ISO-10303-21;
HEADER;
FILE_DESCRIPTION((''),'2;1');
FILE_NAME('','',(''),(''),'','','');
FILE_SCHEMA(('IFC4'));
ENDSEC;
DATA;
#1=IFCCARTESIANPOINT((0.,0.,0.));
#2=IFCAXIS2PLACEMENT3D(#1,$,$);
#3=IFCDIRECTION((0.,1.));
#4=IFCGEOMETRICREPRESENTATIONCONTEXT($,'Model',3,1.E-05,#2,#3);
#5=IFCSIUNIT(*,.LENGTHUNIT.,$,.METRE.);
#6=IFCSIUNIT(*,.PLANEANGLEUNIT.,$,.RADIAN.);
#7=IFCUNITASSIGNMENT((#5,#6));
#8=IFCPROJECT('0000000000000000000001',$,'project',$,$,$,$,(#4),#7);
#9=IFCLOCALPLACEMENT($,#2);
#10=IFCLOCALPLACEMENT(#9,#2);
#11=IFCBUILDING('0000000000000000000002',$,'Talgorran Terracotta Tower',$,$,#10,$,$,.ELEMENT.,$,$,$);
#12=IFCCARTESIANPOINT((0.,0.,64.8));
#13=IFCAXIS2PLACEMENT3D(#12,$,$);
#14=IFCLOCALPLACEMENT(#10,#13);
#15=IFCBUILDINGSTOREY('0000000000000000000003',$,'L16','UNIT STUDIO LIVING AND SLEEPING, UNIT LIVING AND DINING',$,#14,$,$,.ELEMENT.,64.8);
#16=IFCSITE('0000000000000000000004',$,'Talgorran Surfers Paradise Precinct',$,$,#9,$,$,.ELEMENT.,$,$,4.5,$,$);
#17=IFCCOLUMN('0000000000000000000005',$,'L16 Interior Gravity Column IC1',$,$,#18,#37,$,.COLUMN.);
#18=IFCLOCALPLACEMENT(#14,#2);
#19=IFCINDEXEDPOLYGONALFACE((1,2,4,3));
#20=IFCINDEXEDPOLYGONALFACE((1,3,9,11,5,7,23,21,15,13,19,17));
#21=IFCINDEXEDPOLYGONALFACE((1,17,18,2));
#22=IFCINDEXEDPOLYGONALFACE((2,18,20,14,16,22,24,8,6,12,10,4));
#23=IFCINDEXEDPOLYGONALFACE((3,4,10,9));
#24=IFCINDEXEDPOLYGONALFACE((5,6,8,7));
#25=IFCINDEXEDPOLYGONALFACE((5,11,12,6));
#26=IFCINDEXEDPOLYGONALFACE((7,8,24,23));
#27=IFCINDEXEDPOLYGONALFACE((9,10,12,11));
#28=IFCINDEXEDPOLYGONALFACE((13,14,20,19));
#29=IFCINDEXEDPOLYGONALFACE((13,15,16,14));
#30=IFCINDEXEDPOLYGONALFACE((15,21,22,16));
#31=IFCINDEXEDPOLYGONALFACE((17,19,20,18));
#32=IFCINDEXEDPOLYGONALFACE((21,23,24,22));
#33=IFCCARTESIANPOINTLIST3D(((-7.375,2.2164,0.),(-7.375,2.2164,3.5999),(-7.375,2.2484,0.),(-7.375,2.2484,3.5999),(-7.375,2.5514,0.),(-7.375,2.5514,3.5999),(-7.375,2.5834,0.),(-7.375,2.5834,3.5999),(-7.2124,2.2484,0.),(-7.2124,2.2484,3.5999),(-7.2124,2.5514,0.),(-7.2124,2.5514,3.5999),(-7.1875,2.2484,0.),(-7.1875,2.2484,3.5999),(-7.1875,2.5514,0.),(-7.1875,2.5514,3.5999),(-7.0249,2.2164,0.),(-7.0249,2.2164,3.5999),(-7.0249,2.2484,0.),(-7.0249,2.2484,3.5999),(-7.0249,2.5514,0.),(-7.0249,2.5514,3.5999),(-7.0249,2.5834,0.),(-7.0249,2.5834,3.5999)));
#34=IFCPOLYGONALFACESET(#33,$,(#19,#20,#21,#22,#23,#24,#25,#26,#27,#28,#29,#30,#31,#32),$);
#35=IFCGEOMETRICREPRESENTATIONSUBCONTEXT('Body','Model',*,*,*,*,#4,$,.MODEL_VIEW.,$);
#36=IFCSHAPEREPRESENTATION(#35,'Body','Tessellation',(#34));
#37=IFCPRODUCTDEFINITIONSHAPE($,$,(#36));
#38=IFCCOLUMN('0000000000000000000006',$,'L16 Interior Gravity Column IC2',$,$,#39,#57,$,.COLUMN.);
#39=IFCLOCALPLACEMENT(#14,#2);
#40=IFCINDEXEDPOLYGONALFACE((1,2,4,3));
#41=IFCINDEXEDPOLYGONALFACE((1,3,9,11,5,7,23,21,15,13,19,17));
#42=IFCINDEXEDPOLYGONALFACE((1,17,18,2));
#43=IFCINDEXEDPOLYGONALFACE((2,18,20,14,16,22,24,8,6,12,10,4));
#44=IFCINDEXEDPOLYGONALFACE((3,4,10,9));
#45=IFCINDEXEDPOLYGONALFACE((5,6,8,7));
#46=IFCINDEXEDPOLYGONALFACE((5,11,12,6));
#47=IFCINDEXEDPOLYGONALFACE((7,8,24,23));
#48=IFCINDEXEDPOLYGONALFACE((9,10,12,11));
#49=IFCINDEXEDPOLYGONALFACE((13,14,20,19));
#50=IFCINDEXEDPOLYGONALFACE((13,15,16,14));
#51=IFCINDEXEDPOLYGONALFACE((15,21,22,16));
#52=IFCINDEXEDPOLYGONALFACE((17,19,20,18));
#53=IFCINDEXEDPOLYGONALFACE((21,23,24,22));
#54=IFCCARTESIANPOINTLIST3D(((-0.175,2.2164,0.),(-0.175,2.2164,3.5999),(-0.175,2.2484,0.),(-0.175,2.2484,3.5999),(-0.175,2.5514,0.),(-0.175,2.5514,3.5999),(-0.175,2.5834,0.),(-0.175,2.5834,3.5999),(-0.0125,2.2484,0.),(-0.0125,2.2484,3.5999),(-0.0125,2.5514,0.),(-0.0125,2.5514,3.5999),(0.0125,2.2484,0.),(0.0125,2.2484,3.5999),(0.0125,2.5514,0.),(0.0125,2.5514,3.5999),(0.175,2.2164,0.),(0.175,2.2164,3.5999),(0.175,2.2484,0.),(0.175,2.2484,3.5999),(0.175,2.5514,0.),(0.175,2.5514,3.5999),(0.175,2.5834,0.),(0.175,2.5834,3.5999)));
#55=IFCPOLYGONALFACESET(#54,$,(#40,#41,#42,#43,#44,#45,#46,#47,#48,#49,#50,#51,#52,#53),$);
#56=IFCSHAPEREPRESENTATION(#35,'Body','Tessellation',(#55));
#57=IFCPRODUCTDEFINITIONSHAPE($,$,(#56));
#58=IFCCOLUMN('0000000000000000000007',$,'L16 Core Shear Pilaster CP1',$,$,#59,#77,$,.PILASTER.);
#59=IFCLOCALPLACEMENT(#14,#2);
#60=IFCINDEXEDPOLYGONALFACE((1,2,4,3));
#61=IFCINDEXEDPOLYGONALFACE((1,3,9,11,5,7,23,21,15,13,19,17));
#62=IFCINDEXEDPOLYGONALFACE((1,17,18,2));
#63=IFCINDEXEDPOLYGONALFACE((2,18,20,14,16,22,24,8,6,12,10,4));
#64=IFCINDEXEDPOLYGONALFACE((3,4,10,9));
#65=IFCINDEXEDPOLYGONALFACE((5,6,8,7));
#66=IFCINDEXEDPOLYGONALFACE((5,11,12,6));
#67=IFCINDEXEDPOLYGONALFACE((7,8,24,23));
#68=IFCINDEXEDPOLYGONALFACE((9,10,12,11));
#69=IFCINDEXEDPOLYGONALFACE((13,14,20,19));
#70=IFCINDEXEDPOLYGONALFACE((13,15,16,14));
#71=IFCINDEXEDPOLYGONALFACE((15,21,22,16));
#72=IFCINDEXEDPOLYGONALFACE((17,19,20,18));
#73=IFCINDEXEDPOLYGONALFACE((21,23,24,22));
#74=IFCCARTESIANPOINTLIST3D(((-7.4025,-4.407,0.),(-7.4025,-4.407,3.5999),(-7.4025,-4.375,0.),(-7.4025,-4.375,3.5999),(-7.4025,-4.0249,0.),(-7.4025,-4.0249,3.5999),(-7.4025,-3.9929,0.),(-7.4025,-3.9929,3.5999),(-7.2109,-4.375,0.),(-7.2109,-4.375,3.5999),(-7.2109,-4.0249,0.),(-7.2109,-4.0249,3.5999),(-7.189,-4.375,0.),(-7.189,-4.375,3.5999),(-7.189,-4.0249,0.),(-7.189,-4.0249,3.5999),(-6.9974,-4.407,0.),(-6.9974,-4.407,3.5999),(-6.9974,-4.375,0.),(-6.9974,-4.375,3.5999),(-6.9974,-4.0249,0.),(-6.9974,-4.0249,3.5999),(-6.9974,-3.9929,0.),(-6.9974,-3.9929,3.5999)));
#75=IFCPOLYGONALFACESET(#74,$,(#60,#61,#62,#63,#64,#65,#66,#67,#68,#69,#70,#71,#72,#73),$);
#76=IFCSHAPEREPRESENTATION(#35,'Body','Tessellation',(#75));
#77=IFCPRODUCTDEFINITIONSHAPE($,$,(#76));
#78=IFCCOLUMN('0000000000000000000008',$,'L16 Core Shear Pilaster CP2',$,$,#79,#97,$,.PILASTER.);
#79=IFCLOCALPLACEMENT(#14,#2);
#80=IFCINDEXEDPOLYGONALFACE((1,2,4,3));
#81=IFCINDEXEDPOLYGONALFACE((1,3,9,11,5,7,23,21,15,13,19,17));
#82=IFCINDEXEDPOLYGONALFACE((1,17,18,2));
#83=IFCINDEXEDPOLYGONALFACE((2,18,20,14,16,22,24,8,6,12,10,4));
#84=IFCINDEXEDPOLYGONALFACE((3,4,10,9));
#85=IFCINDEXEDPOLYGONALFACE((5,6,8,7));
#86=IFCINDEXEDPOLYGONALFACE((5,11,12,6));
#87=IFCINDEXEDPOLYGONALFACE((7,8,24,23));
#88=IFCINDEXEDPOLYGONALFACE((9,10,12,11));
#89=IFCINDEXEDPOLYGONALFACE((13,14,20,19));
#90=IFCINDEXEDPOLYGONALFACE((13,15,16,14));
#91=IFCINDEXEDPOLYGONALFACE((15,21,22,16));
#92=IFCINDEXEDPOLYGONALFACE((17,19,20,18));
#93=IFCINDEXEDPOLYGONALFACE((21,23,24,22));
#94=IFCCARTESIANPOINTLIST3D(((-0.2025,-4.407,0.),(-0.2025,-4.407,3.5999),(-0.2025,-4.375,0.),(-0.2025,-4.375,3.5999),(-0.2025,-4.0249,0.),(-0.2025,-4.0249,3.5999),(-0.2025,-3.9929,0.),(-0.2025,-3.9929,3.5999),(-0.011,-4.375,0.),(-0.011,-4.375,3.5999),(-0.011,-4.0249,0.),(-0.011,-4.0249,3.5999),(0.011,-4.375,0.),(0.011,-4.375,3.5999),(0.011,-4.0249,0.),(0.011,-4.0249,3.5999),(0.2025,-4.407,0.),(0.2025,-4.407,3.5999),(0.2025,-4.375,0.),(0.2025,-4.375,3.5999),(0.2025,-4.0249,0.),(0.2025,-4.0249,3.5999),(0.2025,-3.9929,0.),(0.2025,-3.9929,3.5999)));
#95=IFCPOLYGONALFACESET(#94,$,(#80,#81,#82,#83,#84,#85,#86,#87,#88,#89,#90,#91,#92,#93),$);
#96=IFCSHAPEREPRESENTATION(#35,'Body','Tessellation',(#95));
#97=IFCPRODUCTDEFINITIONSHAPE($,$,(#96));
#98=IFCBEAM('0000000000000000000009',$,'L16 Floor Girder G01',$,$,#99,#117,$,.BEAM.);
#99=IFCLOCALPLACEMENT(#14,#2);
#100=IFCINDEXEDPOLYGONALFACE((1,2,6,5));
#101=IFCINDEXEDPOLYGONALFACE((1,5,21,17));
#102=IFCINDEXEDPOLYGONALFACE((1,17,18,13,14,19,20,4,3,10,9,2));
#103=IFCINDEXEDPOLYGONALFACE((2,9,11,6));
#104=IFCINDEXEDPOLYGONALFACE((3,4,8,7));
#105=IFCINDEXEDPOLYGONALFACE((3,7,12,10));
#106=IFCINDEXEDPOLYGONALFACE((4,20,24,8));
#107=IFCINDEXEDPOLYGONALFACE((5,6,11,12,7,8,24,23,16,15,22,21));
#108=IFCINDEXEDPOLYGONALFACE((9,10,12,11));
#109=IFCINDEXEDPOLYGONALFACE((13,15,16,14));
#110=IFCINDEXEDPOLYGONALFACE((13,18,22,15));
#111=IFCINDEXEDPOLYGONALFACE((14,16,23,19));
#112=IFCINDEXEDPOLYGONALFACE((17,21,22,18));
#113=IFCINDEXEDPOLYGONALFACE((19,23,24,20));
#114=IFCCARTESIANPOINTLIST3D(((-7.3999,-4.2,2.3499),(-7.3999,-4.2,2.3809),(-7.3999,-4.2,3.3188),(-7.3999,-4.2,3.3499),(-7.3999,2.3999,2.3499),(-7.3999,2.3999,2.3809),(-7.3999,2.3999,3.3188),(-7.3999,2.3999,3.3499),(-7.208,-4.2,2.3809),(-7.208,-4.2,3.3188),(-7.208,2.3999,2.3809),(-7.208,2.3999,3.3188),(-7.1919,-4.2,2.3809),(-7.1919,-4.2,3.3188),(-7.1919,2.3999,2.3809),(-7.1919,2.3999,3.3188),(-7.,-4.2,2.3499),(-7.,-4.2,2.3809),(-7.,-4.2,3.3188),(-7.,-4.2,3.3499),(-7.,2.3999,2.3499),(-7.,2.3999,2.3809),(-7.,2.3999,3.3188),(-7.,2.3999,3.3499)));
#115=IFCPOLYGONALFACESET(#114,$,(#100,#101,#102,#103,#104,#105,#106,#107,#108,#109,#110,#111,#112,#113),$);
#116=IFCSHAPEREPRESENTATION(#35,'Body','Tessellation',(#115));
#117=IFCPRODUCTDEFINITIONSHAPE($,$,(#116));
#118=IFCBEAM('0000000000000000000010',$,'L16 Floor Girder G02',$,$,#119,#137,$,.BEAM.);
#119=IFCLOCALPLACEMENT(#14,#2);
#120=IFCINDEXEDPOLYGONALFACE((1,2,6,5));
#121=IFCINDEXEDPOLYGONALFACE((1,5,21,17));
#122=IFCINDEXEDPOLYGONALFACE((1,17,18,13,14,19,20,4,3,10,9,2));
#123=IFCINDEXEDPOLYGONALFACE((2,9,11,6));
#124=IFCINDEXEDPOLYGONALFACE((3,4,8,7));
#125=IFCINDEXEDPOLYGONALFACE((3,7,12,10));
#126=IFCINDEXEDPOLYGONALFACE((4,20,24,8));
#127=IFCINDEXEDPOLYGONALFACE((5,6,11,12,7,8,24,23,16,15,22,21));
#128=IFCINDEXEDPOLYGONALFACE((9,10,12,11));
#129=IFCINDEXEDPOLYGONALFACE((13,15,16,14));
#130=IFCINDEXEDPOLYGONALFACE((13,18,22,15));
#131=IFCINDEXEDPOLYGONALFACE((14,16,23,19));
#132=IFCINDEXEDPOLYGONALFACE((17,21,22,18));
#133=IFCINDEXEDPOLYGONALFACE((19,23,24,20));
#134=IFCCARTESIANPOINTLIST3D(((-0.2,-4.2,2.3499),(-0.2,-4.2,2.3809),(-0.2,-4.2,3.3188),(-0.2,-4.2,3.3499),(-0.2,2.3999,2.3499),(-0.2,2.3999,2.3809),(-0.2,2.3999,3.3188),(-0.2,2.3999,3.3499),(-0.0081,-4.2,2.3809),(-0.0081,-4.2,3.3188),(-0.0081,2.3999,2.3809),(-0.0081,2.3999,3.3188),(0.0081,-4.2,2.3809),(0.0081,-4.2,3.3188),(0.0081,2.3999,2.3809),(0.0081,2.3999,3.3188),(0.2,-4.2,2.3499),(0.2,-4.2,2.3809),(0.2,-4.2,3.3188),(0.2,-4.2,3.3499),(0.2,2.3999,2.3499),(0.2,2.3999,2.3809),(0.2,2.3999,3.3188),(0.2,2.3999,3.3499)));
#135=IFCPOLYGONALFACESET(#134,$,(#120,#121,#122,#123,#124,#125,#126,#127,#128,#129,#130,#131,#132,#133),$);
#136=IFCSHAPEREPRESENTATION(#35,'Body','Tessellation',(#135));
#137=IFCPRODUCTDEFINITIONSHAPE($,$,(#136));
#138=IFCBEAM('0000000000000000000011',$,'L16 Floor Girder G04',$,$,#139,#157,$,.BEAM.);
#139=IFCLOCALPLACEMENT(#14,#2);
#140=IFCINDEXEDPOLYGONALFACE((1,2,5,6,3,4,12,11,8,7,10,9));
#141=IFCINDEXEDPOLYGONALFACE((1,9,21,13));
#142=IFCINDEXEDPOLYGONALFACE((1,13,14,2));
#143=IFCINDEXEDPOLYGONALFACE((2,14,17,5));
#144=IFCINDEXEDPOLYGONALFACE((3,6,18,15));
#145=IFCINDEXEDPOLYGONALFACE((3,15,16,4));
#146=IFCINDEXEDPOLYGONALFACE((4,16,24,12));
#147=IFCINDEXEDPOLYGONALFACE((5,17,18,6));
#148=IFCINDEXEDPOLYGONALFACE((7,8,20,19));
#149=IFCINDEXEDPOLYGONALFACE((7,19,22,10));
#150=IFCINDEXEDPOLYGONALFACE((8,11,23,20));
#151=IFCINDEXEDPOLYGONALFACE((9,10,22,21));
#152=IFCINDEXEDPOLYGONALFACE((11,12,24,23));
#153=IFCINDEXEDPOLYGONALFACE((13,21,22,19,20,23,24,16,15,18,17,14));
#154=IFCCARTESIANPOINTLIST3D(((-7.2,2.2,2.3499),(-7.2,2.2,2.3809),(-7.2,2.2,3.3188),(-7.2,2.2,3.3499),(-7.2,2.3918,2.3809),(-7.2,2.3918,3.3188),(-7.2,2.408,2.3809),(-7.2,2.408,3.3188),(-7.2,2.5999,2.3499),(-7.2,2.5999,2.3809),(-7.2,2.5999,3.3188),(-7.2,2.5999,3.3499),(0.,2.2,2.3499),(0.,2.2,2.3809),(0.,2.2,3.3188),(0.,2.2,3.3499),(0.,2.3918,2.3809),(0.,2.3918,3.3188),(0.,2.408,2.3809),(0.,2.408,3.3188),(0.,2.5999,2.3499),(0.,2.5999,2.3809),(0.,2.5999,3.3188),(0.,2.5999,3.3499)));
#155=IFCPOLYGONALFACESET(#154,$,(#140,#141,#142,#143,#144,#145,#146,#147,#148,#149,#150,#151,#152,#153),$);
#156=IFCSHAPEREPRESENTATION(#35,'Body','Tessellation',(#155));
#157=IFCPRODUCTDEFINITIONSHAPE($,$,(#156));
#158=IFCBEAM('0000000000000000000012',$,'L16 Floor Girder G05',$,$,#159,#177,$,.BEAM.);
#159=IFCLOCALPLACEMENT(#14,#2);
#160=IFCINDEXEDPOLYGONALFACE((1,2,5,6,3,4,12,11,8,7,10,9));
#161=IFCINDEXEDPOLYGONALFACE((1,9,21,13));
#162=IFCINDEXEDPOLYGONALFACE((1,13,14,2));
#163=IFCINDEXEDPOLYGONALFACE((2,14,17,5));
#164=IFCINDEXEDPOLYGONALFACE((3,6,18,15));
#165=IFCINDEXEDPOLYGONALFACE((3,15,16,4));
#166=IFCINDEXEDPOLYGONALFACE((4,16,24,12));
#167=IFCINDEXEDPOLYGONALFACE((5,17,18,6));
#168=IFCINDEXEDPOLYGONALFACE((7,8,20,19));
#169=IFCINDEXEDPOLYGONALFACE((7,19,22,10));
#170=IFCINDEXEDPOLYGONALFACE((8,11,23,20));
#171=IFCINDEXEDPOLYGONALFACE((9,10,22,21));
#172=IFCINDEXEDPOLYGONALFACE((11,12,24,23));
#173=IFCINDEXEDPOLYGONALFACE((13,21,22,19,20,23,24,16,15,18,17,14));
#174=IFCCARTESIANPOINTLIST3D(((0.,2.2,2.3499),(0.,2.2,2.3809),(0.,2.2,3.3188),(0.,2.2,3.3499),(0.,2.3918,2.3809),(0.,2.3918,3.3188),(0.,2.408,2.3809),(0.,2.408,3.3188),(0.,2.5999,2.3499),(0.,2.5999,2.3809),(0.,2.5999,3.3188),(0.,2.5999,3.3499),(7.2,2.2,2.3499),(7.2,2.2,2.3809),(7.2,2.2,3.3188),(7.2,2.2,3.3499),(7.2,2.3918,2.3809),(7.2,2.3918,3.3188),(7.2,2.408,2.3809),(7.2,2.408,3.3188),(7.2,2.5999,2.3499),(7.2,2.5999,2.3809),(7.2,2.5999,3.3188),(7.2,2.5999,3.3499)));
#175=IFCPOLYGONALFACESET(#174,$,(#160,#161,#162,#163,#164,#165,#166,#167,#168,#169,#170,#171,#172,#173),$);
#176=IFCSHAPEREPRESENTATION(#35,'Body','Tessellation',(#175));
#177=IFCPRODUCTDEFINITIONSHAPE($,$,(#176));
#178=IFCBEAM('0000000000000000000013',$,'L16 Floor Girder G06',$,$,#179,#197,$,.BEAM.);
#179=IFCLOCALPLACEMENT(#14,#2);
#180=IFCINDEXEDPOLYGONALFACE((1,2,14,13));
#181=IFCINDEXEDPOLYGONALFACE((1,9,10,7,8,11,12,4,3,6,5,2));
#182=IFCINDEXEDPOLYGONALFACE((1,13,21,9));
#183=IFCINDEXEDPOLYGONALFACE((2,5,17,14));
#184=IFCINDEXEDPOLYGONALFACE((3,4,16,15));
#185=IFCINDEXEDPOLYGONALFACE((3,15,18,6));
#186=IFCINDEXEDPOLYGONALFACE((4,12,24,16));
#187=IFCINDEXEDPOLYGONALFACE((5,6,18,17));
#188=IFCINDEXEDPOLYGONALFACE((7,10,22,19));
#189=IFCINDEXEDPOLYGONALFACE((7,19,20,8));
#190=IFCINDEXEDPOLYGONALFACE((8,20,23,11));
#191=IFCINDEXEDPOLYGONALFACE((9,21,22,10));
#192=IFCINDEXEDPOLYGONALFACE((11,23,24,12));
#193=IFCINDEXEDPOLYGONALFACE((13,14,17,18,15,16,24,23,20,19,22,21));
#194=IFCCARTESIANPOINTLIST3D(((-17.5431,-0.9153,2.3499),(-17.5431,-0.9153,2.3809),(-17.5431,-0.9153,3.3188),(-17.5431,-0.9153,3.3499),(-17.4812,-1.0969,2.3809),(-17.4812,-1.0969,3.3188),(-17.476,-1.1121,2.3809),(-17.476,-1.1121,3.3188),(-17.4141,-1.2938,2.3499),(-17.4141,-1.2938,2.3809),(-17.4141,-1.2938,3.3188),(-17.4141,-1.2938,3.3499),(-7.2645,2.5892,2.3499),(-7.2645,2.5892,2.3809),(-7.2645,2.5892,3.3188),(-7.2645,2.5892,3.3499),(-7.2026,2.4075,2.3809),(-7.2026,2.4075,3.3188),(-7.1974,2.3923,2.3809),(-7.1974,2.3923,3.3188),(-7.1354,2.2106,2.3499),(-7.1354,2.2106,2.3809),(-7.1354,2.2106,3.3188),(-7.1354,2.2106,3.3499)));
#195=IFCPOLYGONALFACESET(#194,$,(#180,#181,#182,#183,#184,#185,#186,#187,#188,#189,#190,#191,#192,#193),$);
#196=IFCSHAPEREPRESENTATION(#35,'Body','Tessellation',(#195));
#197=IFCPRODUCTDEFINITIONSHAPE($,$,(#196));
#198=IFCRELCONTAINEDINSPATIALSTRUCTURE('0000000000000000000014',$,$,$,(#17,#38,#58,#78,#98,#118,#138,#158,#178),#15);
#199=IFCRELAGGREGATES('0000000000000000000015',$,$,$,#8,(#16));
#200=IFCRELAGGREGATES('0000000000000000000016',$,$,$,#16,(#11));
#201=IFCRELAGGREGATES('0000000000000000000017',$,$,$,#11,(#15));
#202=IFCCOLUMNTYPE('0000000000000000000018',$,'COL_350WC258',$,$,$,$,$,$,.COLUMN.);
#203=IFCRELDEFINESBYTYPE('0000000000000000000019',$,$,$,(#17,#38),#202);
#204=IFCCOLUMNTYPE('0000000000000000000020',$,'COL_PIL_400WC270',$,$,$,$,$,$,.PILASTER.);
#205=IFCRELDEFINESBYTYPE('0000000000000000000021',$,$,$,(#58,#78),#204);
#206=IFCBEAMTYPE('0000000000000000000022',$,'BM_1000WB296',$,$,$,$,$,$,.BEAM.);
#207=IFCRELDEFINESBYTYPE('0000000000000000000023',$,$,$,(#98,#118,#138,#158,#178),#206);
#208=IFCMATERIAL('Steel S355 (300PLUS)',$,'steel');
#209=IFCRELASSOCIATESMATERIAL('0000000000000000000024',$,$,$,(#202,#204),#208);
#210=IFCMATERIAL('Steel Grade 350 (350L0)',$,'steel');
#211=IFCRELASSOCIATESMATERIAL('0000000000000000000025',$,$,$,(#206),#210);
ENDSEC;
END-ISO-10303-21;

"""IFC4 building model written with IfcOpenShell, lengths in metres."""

from ifc_helpers import new_model, si_unit, direction, frame, origin, origin_2d, place, context, subcontext, project, spatial, i_section, extrude, material, material_profile, profile_set, type_object, element, save


model = new_model("IFC4")

# Units and contexts
model_context = context("Model", 3, precision=1e-05, world=origin(), true_north=direction((0.0, 1.0)))
body_context = subcontext(model_context, "Body", "Model", "MODEL_VIEW")
ifc_project = project(units=[si_unit("LENGTHUNIT", "METRE"), si_unit("PLANEANGLEUNIT", "RADIAN")], contexts=[model_context])

# Site, building, storey
site_placement = place(None, origin())
site = spatial("IfcSite", under=ifc_project, at=site_placement, Name="Talgorran Surfers Paradise Precinct", CompositionType="ELEMENT", RefElevation=4.5)
building_placement = place(site_placement, origin())
building = spatial("IfcBuilding", under=site, at=building_placement, Name="Talgorran Terracotta Tower", CompositionType="ELEMENT")
storey_placement = place(building_placement, frame((0.0, 0.0, 64.8)))
storey = spatial("IfcBuildingStorey", under=building, at=storey_placement, Name="L16", Description="UNIT STUDIO LIVING AND SLEEPING, UNIT LIVING AND DINING", CompositionType="ELEMENT", Elevation=64.8)

# Columns
ifc_material_1 = material(Name="Steel S355 (300PLUS)", Category="steel")
ifc_material_profile_1 = material_profile(ifc_material_1, i_section(OverallWidth=0.3501, OverallDepth=0.3669, WebThickness=0.0249, FlangeThickness=0.032, at=origin_2d()), Name="350WC258")
ifc_profile_set_1 = profile_set([ifc_material_profile_1], Name="Steel S355 (300PLUS)")
column_type_1 = type_object("IfcColumnType", Name="COL_350WC258", PredefinedType="COLUMN", material=ifc_profile_set_1)
for number, where, z_axis, x_axis, name in (
    (1, (-7.2, 2.3999, 0.0), (0.0, 0.0, 1.0), (1.0, 0.0, 0.0), "L16 Interior Gravity Column IC1"),
    (2, (0.0, 2.3999, 0.0), (0.0, 0.0, 1.0), (1.0, 0.0, 0.0), "L16 Interior Gravity Column IC2"),
):
    element("IfcColumn", number, at=place(storey_placement, frame(where, z_axis=z_axis, x_axis=x_axis)), inside=storey, type_object=column_type_1, Name=name, PredefinedType="COLUMN", context=body_context, shape_type="SweptSolid", body=[
        extrude(i_section(OverallWidth=0.3501, OverallDepth=0.3669, WebThickness=0.0249, FlangeThickness=0.032, at=origin_2d()), origin(), (0.0, 0.0, 1.0), 3.5999),
    ])
ifc_material_profile_2 = material_profile(ifc_material_1, i_section(OverallWidth=0.405, OverallDepth=0.4141, WebThickness=0.022, FlangeThickness=0.032, at=origin_2d()), Name="400WC270")
ifc_profile_set_2 = profile_set([ifc_material_profile_2], Name="Steel S355 (300PLUS)")
column_type_2 = type_object("IfcColumnType", Name="COL_PIL_400WC270", PredefinedType="PILASTER", material=ifc_profile_set_2)
for number, where, z_axis, x_axis, name in (
    (3, (-7.2, -4.2, 0.0), (0.0, 0.0, 1.0), (1.0, 0.0, 0.0), "L16 Core Shear Pilaster CP1"),
    (4, (0.0, -4.2, 0.0), (0.0, 0.0, 1.0), (1.0, 0.0, 0.0), "L16 Core Shear Pilaster CP2"),
):
    element("IfcColumn", number, at=place(storey_placement, frame(where, z_axis=z_axis, x_axis=x_axis)), inside=storey, type_object=column_type_2, Name=name, PredefinedType="PILASTER", context=body_context, shape_type="SweptSolid", body=[
        extrude(i_section(OverallWidth=0.405, OverallDepth=0.4141, WebThickness=0.022, FlangeThickness=0.032, at=origin_2d()), origin(), (0.0, 0.0, 1.0), 3.5999),
    ])

# Beams
ifc_material_2 = material(Name="Steel Grade 350 (350L0)", Category="steel")
ifc_material_profile_3 = material_profile(ifc_material_2, i_section(OverallWidth=0.3999, OverallDepth=1.0, WebThickness=0.0161, FlangeThickness=0.031, at=origin_2d()), Name="1000WB296")
ifc_profile_set_3 = profile_set([ifc_material_profile_3], Name="Steel Grade 350 (350L0)")
beam_type_1 = type_object("IfcBeamType", Name="BM_1000WB296", PredefinedType="BEAM", material=ifc_profile_set_3)
for number, where, z_axis, x_axis, name in (
    (5, (-7.2, -4.2, 2.8499), (0.0, 1.0, 0.0), (-1.0, 0.0, 0.0), "L16 Floor Girder G01"),
    (6, (0.0, -4.2, 2.8499), (0.0, 1.0, 0.0), (-1.0, 0.0, 0.0), "L16 Floor Girder G02"),
):
    element("IfcBeam", number, at=place(storey_placement, frame(where, z_axis=z_axis, x_axis=x_axis)), inside=storey, type_object=beam_type_1, Name=name, PredefinedType="BEAM", context=body_context, shape_type="SweptSolid", body=[
        extrude(i_section(OverallWidth=0.3999, OverallDepth=1.0, WebThickness=0.0161, FlangeThickness=0.031, at=origin_2d()), origin(), (0.0, 0.0, 1.0), 6.5999),
    ])
for number, where, z_axis, x_axis, name in (
    (7, (-7.2, 2.3999, 2.8499), (1.0, 0.0, 0.0), (0.0, 1.0, 0.0), "L16 Floor Girder G04"),
    (8, (0.0, 2.3999, 2.8499), (1.0, 0.0, 0.0), (0.0, 1.0, 0.0), "L16 Floor Girder G05"),
):
    element("IfcBeam", number, at=place(storey_placement, frame(where, z_axis=z_axis, x_axis=x_axis)), inside=storey, type_object=beam_type_1, Name=name, PredefinedType="BEAM", context=body_context, shape_type="SweptSolid", body=[
        extrude(i_section(OverallWidth=0.3999, OverallDepth=1.0, WebThickness=0.0161, FlangeThickness=0.031, at=origin_2d()), origin(), (0.0, 0.0, 1.0), 7.2),
    ])
beam_1_placement = place(storey_placement, frame((-7.2, 2.3999, 2.8499), z_axis=(-0.946501, -0.322702, 0.0), x_axis=(0.322702, -0.946501, 0.0)))
element("IfcBeam", 9, at=beam_1_placement, inside=storey, type_object=beam_type_1, Name="L16 Floor Girder G06", PredefinedType="BEAM", context=body_context, shape_type="SweptSolid", body=[
    extrude(i_section(OverallWidth=0.3999, OverallDepth=1.0, WebThickness=0.0161, FlangeThickness=0.031, at=origin_2d()), origin(), (0.0, 0.0, 1.0), 10.8596),
])

save(model, "model.ifc")
